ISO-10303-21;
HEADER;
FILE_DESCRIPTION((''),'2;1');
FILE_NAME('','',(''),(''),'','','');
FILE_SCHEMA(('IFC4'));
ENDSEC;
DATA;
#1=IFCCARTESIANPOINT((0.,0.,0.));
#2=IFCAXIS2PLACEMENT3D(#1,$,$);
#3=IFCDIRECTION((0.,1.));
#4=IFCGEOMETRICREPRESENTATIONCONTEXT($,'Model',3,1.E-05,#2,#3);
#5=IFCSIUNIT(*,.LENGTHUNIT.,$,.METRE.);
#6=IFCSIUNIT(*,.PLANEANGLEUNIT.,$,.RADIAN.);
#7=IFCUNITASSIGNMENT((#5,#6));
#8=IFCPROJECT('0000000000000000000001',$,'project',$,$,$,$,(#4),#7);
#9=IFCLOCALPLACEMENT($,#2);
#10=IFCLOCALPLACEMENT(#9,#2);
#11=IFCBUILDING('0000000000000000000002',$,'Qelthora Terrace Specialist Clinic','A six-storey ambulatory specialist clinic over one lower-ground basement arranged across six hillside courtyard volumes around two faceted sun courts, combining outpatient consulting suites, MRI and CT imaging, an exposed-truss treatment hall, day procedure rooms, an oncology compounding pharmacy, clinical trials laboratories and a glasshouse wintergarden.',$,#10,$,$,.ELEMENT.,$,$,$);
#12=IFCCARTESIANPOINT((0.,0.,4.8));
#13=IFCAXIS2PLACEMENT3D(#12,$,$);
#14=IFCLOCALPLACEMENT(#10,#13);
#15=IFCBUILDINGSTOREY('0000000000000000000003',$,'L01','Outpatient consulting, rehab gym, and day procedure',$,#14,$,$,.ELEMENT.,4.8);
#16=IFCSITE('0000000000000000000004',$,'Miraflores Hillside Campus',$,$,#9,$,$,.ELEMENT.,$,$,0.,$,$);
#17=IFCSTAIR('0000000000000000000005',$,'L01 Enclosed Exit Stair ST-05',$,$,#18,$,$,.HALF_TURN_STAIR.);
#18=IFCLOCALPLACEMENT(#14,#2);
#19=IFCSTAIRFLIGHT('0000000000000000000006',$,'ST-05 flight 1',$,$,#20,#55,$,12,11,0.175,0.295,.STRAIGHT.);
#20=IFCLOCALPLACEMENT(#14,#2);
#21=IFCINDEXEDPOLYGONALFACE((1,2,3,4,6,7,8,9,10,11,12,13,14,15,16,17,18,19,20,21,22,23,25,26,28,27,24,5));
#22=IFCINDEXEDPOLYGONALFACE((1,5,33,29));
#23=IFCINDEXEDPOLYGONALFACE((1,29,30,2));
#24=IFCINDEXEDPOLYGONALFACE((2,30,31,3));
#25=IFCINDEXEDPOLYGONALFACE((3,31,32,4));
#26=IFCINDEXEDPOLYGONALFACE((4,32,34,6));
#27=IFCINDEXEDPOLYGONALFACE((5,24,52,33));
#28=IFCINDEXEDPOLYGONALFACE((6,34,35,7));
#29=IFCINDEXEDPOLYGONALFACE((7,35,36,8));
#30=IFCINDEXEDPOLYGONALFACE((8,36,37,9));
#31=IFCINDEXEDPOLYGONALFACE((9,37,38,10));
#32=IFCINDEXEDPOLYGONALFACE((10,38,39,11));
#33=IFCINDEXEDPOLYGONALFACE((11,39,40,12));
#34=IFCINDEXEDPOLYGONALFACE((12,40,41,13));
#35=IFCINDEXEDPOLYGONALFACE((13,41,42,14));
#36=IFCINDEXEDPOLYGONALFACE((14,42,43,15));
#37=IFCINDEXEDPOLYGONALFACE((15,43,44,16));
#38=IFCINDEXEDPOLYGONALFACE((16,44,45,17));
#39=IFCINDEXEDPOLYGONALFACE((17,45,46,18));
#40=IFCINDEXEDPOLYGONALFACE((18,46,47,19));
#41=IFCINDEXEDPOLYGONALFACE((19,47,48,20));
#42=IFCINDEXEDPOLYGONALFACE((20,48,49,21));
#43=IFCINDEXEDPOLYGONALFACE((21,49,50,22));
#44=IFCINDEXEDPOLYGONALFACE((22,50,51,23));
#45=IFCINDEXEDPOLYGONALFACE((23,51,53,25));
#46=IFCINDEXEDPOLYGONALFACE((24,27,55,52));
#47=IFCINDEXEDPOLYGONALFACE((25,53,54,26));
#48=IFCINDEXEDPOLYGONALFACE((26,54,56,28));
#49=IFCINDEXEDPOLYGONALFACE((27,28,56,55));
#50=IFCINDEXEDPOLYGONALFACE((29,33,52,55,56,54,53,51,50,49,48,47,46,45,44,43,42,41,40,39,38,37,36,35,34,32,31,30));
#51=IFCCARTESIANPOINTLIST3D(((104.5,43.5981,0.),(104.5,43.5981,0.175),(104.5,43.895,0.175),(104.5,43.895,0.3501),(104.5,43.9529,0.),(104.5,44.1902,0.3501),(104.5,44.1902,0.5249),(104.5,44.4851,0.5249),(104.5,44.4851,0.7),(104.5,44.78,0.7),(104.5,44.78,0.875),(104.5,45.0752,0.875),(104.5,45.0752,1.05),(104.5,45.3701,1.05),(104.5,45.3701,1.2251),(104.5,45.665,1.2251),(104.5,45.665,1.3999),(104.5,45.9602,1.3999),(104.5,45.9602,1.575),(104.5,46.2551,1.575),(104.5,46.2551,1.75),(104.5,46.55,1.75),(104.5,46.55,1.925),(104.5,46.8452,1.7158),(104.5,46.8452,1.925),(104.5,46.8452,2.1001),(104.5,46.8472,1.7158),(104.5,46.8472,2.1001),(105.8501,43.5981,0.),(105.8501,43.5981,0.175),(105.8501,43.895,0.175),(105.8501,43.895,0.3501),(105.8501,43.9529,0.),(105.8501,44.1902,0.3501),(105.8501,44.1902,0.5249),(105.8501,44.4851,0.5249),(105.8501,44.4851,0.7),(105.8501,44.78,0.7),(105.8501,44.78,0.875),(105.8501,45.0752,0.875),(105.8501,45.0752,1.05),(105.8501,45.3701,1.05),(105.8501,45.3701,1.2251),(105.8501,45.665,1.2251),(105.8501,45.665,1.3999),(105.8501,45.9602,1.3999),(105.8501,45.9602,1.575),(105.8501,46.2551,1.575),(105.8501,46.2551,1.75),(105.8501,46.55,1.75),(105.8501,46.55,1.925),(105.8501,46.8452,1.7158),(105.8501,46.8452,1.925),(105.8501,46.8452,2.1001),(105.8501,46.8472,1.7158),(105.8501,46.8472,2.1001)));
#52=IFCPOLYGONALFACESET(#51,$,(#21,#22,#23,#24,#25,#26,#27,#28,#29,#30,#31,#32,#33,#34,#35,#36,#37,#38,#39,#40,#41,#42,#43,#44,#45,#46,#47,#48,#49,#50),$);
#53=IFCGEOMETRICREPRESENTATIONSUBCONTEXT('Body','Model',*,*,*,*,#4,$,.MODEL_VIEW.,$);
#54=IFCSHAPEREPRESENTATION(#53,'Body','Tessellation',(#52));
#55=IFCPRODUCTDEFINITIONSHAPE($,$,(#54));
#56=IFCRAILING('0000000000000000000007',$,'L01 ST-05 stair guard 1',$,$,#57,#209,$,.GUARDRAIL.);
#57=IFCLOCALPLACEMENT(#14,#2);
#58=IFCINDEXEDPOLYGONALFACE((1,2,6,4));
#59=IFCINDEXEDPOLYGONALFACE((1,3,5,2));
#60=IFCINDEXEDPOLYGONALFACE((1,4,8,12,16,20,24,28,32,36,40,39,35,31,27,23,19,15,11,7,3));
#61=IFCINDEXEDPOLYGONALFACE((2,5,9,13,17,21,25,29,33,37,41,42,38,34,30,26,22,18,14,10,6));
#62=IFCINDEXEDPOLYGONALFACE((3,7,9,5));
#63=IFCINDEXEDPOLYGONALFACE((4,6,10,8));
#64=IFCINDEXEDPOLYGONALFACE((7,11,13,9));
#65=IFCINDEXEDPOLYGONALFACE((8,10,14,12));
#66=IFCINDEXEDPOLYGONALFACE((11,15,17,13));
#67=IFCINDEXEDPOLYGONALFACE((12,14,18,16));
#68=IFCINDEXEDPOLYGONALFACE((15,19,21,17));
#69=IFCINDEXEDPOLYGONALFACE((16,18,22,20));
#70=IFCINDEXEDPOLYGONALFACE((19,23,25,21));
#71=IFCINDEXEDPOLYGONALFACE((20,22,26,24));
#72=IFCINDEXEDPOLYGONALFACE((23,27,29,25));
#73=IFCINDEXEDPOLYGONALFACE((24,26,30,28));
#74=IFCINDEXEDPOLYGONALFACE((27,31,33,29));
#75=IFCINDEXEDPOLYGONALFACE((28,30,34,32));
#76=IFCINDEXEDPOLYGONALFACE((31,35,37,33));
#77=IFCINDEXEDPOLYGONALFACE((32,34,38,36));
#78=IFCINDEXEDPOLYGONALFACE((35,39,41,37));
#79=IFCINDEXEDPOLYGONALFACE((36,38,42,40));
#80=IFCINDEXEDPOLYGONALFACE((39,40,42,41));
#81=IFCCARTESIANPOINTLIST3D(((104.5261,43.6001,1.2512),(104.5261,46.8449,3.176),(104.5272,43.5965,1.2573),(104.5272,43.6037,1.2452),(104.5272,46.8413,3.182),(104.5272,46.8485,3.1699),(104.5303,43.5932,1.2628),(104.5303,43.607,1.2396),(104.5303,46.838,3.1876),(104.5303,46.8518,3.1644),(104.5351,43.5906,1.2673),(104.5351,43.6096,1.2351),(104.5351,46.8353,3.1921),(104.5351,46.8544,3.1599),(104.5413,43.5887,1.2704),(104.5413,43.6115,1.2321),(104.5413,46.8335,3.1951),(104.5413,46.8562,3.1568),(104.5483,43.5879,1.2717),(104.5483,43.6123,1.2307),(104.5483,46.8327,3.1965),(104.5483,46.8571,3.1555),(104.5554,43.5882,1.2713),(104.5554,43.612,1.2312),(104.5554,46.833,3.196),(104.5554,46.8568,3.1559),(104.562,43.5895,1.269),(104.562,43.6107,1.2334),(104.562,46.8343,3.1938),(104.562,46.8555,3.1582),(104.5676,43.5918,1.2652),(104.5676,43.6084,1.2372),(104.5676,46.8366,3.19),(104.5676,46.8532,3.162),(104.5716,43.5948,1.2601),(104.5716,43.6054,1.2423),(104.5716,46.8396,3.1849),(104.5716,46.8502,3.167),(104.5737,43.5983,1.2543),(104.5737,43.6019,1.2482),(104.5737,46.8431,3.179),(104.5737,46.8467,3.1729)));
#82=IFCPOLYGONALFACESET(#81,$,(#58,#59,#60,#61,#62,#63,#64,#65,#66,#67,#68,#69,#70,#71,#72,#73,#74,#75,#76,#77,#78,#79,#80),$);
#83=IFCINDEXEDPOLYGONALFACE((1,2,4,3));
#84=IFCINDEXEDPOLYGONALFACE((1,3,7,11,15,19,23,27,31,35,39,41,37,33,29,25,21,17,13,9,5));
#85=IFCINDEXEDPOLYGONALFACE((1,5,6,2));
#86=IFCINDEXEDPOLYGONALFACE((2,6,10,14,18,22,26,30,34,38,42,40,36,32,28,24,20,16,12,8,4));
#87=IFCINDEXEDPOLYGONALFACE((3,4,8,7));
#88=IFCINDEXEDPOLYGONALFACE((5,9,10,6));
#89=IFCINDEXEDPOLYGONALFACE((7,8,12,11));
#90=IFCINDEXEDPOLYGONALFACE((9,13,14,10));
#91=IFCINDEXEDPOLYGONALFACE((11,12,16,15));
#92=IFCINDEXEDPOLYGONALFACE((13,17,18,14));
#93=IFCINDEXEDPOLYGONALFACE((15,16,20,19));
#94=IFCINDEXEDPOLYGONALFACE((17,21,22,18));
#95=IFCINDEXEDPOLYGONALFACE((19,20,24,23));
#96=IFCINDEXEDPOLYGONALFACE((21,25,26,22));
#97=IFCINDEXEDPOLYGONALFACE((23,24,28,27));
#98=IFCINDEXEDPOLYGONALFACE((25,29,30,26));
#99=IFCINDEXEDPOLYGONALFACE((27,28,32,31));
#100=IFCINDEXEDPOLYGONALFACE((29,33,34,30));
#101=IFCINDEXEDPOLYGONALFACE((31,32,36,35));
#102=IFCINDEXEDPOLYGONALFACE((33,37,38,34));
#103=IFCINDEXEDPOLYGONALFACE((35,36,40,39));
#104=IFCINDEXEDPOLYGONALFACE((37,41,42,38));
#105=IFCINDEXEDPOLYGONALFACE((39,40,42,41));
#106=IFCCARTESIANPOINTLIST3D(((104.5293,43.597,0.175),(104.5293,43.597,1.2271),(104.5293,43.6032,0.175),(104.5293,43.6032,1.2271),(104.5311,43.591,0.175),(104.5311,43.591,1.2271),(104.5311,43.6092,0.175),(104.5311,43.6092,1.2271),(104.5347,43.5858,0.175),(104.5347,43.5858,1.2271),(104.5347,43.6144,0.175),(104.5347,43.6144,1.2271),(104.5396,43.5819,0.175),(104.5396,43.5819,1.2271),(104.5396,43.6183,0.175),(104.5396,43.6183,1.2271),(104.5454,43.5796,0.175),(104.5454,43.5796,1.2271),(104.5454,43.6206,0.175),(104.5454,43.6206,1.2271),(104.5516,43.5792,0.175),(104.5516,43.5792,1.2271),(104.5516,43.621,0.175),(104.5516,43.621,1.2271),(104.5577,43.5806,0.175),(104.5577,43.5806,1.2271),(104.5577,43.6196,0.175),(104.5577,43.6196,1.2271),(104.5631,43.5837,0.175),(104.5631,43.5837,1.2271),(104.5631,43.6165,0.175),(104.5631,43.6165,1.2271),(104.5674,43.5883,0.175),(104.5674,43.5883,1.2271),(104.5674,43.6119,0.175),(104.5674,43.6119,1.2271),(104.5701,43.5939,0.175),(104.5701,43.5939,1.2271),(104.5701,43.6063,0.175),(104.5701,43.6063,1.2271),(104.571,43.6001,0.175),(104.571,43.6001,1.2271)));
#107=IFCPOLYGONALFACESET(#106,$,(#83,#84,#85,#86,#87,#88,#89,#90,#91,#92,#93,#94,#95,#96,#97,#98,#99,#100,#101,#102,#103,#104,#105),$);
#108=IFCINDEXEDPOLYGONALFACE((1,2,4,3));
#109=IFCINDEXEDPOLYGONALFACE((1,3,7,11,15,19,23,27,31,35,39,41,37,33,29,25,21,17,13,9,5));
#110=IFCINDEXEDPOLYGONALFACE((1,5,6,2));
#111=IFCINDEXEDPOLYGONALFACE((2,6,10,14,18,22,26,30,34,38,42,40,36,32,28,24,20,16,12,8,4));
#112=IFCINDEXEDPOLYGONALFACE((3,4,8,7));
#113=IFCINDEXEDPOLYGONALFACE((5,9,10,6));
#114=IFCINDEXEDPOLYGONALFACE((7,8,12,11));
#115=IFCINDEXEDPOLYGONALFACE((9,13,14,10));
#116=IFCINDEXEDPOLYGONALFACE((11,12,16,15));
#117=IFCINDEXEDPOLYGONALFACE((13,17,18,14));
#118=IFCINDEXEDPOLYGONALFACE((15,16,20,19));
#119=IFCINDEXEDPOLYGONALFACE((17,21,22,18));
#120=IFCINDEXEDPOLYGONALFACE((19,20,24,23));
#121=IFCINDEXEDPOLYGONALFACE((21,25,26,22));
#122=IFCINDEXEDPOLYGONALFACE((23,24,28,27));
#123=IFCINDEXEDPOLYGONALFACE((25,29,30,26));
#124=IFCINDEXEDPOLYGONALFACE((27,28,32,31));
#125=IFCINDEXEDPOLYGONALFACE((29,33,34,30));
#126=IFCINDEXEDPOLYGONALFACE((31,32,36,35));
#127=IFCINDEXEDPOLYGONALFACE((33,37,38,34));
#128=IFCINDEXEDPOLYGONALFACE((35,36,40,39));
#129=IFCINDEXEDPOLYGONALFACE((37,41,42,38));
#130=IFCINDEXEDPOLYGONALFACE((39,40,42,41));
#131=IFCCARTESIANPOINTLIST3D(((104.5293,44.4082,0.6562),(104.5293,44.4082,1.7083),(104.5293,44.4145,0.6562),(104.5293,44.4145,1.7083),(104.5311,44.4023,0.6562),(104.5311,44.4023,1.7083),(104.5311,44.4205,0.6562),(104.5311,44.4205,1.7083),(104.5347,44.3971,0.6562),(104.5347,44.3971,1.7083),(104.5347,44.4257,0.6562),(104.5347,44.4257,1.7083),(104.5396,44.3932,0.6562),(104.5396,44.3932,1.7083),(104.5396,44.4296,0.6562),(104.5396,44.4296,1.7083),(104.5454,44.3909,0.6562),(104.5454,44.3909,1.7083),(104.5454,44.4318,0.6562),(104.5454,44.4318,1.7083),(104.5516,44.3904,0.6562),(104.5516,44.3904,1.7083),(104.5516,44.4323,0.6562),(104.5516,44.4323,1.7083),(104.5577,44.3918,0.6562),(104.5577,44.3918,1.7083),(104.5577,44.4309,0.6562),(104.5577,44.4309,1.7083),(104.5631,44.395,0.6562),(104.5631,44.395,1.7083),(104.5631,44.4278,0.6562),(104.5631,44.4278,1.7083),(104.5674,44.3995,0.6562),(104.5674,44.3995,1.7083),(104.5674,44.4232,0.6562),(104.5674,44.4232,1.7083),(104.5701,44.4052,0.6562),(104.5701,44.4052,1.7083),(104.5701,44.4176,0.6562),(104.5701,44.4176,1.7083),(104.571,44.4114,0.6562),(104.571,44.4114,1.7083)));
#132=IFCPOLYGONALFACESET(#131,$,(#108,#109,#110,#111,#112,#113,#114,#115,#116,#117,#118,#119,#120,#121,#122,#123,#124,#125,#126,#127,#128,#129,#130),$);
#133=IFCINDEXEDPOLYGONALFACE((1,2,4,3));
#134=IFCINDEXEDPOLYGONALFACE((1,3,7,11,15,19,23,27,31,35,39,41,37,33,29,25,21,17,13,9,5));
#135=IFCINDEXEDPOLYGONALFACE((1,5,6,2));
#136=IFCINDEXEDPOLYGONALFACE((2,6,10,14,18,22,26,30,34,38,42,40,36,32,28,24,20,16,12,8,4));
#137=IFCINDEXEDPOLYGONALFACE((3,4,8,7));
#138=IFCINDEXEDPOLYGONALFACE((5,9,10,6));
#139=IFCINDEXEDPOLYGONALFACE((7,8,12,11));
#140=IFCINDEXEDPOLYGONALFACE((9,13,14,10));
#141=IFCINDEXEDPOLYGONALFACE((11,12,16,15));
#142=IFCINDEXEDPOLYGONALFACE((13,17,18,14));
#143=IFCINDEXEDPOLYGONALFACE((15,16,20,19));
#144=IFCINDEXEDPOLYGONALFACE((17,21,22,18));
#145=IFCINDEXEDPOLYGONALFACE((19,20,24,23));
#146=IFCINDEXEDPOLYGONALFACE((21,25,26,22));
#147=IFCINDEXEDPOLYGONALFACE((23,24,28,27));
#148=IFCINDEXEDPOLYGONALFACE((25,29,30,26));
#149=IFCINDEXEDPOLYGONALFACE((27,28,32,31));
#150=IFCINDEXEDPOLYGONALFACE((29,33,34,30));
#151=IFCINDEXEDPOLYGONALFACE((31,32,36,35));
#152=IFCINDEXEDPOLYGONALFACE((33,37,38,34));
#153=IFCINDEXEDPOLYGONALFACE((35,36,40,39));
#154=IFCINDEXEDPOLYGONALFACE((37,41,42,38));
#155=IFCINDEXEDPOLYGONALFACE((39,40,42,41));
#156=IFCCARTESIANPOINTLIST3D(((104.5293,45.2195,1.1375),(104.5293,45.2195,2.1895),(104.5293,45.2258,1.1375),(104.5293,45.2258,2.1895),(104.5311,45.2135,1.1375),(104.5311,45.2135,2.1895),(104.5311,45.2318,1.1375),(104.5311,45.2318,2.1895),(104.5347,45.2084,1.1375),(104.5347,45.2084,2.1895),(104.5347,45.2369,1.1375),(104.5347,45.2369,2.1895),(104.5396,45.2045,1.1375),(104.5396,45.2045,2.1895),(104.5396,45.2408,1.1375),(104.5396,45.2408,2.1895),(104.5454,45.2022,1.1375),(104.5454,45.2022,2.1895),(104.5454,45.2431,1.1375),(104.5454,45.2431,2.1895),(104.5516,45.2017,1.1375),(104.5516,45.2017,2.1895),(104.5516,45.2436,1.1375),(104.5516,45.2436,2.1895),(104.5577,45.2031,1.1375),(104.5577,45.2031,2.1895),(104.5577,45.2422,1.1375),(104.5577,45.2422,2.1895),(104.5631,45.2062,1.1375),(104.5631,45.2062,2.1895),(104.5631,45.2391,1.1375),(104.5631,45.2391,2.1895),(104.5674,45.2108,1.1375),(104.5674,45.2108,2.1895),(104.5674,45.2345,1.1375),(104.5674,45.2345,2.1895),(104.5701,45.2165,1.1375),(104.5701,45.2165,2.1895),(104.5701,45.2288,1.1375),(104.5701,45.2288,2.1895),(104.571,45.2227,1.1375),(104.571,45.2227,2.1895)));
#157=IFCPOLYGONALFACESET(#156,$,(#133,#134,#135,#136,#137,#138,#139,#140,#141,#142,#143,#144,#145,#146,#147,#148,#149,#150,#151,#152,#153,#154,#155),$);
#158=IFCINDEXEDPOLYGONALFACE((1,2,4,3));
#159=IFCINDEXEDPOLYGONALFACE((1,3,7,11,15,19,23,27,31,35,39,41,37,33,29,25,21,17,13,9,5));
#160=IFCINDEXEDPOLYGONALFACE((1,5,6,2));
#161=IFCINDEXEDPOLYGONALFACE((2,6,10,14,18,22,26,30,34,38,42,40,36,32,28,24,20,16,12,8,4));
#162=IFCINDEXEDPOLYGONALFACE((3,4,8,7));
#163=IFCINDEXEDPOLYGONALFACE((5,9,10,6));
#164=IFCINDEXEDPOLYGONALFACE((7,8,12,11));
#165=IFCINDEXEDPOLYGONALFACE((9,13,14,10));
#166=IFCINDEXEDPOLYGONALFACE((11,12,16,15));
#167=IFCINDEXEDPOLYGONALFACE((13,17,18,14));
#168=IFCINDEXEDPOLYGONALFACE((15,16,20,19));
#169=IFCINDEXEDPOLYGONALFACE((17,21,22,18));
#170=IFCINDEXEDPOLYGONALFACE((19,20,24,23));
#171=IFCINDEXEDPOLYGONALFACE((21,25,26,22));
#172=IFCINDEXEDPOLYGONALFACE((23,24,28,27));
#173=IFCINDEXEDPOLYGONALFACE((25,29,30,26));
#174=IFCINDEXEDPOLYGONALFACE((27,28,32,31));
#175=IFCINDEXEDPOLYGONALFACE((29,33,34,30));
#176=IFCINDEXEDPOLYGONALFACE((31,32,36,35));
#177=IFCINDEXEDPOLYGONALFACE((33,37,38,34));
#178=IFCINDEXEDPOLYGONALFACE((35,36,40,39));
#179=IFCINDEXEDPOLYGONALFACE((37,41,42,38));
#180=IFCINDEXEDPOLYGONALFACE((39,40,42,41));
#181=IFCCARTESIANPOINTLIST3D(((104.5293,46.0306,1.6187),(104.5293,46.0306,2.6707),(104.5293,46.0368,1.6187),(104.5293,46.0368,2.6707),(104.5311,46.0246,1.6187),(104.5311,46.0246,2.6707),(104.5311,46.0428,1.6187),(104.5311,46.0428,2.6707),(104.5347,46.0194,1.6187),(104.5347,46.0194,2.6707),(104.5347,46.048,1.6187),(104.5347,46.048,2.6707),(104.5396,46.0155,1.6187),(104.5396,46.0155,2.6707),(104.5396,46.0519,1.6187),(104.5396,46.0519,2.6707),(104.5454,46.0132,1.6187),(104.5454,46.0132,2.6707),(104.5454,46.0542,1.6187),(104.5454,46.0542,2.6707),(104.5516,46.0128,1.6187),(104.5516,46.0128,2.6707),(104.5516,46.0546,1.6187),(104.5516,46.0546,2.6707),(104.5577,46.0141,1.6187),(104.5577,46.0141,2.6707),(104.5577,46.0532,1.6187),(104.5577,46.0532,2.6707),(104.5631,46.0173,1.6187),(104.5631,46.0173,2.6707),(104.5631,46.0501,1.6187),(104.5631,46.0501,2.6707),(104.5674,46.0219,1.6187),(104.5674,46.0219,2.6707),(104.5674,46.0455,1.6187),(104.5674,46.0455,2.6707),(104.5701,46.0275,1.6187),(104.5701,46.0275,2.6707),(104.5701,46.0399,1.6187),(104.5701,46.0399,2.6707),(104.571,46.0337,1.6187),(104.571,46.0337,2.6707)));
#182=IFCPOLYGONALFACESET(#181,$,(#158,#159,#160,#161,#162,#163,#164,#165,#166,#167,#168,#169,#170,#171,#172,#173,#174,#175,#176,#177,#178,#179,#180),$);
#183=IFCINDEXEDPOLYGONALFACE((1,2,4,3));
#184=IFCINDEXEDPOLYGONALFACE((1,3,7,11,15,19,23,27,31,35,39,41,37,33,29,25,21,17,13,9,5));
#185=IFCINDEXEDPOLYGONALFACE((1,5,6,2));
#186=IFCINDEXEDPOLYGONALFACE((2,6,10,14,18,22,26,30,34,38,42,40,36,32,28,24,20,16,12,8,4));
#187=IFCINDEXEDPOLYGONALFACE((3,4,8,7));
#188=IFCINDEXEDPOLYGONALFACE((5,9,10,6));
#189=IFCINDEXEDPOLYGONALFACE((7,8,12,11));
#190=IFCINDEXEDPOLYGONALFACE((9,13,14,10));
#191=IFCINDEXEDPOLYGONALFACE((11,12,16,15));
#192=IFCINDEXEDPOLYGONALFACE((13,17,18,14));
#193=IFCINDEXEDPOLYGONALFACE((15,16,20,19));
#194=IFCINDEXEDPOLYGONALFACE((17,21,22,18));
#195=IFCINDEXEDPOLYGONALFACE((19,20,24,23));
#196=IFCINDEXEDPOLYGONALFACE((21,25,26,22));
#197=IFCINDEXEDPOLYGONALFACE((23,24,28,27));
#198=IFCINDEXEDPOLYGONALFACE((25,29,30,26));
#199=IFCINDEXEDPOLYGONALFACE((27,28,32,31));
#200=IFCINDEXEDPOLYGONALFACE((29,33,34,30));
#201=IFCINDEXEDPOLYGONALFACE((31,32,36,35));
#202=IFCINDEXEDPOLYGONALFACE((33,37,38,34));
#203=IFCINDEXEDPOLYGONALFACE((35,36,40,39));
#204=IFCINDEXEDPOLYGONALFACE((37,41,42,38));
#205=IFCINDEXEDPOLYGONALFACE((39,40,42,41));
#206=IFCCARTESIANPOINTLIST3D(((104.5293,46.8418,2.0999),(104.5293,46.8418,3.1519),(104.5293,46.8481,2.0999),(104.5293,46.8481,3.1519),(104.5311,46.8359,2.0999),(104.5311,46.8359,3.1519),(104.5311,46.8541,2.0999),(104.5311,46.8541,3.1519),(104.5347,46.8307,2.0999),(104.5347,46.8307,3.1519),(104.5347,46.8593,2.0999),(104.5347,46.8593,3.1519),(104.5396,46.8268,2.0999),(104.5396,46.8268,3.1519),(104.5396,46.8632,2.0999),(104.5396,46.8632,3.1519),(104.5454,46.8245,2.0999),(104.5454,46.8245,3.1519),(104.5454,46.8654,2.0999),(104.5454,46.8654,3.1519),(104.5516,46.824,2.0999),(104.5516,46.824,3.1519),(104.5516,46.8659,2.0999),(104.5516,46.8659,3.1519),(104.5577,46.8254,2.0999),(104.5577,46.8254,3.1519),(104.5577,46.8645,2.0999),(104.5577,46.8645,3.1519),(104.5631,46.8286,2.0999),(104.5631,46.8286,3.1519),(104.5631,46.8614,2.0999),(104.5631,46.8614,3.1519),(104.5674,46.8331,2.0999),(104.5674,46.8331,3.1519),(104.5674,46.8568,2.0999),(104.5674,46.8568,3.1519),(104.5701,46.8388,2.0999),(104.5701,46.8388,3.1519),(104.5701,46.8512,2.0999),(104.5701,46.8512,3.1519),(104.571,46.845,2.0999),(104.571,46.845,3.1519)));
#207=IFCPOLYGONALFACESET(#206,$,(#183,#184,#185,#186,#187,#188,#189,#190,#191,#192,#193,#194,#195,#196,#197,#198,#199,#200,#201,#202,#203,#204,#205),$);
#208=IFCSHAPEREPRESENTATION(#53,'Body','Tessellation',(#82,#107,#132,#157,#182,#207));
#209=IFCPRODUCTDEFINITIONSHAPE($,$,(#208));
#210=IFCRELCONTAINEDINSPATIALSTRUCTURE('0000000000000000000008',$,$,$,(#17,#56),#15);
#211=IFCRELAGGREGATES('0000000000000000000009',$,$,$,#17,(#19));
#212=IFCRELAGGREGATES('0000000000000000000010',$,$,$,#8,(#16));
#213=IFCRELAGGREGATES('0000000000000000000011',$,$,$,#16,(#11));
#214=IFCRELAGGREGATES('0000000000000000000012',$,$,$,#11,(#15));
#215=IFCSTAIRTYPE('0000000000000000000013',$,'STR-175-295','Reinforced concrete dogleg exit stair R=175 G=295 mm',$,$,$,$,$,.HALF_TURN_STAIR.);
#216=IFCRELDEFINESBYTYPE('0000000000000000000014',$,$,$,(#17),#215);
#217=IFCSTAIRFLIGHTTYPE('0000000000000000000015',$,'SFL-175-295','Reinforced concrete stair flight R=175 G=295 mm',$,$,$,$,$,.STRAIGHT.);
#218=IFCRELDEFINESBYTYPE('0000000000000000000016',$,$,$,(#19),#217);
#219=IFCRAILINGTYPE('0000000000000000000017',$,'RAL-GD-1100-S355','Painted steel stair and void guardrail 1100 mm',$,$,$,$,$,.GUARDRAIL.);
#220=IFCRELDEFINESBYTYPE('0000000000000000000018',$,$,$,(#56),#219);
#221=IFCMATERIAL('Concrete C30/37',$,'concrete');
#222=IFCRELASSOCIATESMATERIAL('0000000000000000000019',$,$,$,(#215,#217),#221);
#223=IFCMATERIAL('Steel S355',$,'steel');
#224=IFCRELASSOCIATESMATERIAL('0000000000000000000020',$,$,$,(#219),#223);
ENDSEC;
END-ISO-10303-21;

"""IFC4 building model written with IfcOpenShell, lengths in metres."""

from ifc_helpers import new_model, si_unit, direction, frame, origin, origin_2d, place, context, subcontext, project, spatial, polyline, circle, outline, extrude, material, type_object, element, aggregate, save


model = new_model("IFC4")

# Units and contexts
model_context = context("Model", 3, precision=1e-05, world=origin(), true_north=direction((0.0, 1.0)))
body_context = subcontext(model_context, "Body", "Model", "MODEL_VIEW")
ifc_project = project(units=[si_unit("LENGTHUNIT", "METRE"), si_unit("PLANEANGLEUNIT", "RADIAN")], contexts=[model_context])

# Site, building, storey
site_placement = place(None, origin())
site = spatial("IfcSite", under=ifc_project, at=site_placement, Name="Miraflores Hillside Campus", CompositionType="ELEMENT", RefElevation=0.0)
building_placement = place(site_placement, origin())
building = spatial("IfcBuilding", under=site, at=building_placement, Name="Qelthora Terrace Specialist Clinic", Description="A six-storey ambulatory specialist clinic over one lower-ground basement arranged across six hillside courtyard volumes around two faceted sun courts, combining outpatient consulting suites, MRI and CT imaging, an exposed-truss treatment hall, day procedure rooms, an oncology compounding pharmacy, clinical trials laboratories and a glasshouse wintergarden.", CompositionType="ELEMENT")
storey_placement = place(building_placement, frame((0.0, 0.0, 4.8)))
storey = spatial("IfcBuildingStorey", under=building, at=storey_placement, Name="L01", Description="Outpatient consulting, rehab gym, and day procedure", CompositionType="ELEMENT", Elevation=4.8)

# Shared definitions
ifc_material_1 = material(Name="Steel S355", Category="steel")

# Stair, stair flight
ifc_material_2 = material(Name="Concrete C30/37", Category="concrete")
stair_type = type_object("IfcStairType", Name="STR-175-295", Description="Reinforced concrete dogleg exit stair R=175 G=295 mm", PredefinedType="HALF_TURN_STAIR", material=ifc_material_2)
stair_placement = place(storey_placement, origin())
stair = element("IfcStair", 1, at=stair_placement, inside=storey, type_object=stair_type, Name="L01 Enclosed Exit Stair ST-05", PredefinedType="HALF_TURN_STAIR")
stair_flight_type = type_object("IfcStairFlightType", Name="SFL-175-295", Description="Reinforced concrete stair flight R=175 G=295 mm", PredefinedType="STRAIGHT", material=ifc_material_2)
stair_flight_placement = place(storey_placement, frame((105.175, 43.6001, 0.0), z_axis=(0.0, 0.0, 1.0), x_axis=(0.0, 1.0, 0.0)))
stair_flight = element("IfcStairFlight", 2, at=stair_flight_placement, type_object=stair_flight_type, Name="ST-05 flight 1", NumberOfRisers=12, NumberOfTreads=11, PredefinedType="STRAIGHT", RiserHeight=0.175, TreadLength=0.295, context=body_context, shape_type="SweptSolid", body=[
    extrude(outline(polyline([(-0.002, 0.0), (-0.002, 0.175), (0.2949, 0.175), (0.2949, 0.3501), (0.5901, 0.3501), (0.5901, 0.5249), (0.885, 0.5249), (0.885, 0.7), (1.1799, 0.7), (1.1799, 0.875), (1.4751, 0.875), (1.4751, 1.05), (1.77, 1.05), (1.77, 1.2251), (2.0649, 1.2251), (2.0649, 1.3999), (2.3601, 1.3999), (2.3601, 1.575), (2.655, 1.575), (2.655, 1.75), (2.95, 1.75), (2.95, 1.925), (3.2451, 1.925), (3.2451, 2.1001), (3.2471, 2.1001), (3.2471, 1.7158), (3.2451, 1.7158), (0.3528, 0.0), (-0.002, 0.0)])), frame((0.0, 0.675, 0.0), z_axis=(0.0, -1.0, 0.0), x_axis=(1.0, 0.0, 0.0)), (0.0, 0.0, 1.0), 1.3501),
])
aggregate(stair, [stair_flight])

# Railing
railing_type_1 = type_object("IfcRailingType", Name="RAL-GD-1100-S355", Description="Painted steel stair and void guardrail 1100 mm", PredefinedType="GUARDRAIL", material=ifc_material_1)
railing_1_placement = place(storey_placement, frame((104.55, 43.6001, 0.175)))
element("IfcRailing", 3, at=railing_1_placement, inside=storey, type_object=railing_type_1, Name="L01 ST-05 stair guard 1", PredefinedType="GUARDRAIL", context=body_context, shape_type="SweptSolid", body=[
    extrude(circle(Radius=0.0239, at=origin_2d()), frame((0.0, 0.0, 1.0762), z_axis=(0.0, 0.860069, 0.510178), x_axis=(-1.0, 0.0, 0.0)), (0.0, 0.0, 1.0), 3.7727),
    extrude(circle(Radius=0.021, at=origin_2d()), origin(), (0.0, 0.0, 1.0), 1.052),
    extrude(circle(Radius=0.021, at=origin_2d()), frame((0.0, 0.8113, 0.4812)), (0.0, 0.0, 1.0), 1.052),
    extrude(circle(Radius=0.021, at=origin_2d()), frame((0.0, 1.6226, 0.9624)), (0.0, 0.0, 1.0), 1.052),
    extrude(circle(Radius=0.021, at=origin_2d()), frame((0.0, 2.4336, 1.4436)), (0.0, 0.0, 1.0), 1.052),
    extrude(circle(Radius=0.021, at=origin_2d()), frame((0.0, 3.2449, 1.9248)), (0.0, 0.0, 1.0), 1.052),
])

save(model, "model.ifc")
